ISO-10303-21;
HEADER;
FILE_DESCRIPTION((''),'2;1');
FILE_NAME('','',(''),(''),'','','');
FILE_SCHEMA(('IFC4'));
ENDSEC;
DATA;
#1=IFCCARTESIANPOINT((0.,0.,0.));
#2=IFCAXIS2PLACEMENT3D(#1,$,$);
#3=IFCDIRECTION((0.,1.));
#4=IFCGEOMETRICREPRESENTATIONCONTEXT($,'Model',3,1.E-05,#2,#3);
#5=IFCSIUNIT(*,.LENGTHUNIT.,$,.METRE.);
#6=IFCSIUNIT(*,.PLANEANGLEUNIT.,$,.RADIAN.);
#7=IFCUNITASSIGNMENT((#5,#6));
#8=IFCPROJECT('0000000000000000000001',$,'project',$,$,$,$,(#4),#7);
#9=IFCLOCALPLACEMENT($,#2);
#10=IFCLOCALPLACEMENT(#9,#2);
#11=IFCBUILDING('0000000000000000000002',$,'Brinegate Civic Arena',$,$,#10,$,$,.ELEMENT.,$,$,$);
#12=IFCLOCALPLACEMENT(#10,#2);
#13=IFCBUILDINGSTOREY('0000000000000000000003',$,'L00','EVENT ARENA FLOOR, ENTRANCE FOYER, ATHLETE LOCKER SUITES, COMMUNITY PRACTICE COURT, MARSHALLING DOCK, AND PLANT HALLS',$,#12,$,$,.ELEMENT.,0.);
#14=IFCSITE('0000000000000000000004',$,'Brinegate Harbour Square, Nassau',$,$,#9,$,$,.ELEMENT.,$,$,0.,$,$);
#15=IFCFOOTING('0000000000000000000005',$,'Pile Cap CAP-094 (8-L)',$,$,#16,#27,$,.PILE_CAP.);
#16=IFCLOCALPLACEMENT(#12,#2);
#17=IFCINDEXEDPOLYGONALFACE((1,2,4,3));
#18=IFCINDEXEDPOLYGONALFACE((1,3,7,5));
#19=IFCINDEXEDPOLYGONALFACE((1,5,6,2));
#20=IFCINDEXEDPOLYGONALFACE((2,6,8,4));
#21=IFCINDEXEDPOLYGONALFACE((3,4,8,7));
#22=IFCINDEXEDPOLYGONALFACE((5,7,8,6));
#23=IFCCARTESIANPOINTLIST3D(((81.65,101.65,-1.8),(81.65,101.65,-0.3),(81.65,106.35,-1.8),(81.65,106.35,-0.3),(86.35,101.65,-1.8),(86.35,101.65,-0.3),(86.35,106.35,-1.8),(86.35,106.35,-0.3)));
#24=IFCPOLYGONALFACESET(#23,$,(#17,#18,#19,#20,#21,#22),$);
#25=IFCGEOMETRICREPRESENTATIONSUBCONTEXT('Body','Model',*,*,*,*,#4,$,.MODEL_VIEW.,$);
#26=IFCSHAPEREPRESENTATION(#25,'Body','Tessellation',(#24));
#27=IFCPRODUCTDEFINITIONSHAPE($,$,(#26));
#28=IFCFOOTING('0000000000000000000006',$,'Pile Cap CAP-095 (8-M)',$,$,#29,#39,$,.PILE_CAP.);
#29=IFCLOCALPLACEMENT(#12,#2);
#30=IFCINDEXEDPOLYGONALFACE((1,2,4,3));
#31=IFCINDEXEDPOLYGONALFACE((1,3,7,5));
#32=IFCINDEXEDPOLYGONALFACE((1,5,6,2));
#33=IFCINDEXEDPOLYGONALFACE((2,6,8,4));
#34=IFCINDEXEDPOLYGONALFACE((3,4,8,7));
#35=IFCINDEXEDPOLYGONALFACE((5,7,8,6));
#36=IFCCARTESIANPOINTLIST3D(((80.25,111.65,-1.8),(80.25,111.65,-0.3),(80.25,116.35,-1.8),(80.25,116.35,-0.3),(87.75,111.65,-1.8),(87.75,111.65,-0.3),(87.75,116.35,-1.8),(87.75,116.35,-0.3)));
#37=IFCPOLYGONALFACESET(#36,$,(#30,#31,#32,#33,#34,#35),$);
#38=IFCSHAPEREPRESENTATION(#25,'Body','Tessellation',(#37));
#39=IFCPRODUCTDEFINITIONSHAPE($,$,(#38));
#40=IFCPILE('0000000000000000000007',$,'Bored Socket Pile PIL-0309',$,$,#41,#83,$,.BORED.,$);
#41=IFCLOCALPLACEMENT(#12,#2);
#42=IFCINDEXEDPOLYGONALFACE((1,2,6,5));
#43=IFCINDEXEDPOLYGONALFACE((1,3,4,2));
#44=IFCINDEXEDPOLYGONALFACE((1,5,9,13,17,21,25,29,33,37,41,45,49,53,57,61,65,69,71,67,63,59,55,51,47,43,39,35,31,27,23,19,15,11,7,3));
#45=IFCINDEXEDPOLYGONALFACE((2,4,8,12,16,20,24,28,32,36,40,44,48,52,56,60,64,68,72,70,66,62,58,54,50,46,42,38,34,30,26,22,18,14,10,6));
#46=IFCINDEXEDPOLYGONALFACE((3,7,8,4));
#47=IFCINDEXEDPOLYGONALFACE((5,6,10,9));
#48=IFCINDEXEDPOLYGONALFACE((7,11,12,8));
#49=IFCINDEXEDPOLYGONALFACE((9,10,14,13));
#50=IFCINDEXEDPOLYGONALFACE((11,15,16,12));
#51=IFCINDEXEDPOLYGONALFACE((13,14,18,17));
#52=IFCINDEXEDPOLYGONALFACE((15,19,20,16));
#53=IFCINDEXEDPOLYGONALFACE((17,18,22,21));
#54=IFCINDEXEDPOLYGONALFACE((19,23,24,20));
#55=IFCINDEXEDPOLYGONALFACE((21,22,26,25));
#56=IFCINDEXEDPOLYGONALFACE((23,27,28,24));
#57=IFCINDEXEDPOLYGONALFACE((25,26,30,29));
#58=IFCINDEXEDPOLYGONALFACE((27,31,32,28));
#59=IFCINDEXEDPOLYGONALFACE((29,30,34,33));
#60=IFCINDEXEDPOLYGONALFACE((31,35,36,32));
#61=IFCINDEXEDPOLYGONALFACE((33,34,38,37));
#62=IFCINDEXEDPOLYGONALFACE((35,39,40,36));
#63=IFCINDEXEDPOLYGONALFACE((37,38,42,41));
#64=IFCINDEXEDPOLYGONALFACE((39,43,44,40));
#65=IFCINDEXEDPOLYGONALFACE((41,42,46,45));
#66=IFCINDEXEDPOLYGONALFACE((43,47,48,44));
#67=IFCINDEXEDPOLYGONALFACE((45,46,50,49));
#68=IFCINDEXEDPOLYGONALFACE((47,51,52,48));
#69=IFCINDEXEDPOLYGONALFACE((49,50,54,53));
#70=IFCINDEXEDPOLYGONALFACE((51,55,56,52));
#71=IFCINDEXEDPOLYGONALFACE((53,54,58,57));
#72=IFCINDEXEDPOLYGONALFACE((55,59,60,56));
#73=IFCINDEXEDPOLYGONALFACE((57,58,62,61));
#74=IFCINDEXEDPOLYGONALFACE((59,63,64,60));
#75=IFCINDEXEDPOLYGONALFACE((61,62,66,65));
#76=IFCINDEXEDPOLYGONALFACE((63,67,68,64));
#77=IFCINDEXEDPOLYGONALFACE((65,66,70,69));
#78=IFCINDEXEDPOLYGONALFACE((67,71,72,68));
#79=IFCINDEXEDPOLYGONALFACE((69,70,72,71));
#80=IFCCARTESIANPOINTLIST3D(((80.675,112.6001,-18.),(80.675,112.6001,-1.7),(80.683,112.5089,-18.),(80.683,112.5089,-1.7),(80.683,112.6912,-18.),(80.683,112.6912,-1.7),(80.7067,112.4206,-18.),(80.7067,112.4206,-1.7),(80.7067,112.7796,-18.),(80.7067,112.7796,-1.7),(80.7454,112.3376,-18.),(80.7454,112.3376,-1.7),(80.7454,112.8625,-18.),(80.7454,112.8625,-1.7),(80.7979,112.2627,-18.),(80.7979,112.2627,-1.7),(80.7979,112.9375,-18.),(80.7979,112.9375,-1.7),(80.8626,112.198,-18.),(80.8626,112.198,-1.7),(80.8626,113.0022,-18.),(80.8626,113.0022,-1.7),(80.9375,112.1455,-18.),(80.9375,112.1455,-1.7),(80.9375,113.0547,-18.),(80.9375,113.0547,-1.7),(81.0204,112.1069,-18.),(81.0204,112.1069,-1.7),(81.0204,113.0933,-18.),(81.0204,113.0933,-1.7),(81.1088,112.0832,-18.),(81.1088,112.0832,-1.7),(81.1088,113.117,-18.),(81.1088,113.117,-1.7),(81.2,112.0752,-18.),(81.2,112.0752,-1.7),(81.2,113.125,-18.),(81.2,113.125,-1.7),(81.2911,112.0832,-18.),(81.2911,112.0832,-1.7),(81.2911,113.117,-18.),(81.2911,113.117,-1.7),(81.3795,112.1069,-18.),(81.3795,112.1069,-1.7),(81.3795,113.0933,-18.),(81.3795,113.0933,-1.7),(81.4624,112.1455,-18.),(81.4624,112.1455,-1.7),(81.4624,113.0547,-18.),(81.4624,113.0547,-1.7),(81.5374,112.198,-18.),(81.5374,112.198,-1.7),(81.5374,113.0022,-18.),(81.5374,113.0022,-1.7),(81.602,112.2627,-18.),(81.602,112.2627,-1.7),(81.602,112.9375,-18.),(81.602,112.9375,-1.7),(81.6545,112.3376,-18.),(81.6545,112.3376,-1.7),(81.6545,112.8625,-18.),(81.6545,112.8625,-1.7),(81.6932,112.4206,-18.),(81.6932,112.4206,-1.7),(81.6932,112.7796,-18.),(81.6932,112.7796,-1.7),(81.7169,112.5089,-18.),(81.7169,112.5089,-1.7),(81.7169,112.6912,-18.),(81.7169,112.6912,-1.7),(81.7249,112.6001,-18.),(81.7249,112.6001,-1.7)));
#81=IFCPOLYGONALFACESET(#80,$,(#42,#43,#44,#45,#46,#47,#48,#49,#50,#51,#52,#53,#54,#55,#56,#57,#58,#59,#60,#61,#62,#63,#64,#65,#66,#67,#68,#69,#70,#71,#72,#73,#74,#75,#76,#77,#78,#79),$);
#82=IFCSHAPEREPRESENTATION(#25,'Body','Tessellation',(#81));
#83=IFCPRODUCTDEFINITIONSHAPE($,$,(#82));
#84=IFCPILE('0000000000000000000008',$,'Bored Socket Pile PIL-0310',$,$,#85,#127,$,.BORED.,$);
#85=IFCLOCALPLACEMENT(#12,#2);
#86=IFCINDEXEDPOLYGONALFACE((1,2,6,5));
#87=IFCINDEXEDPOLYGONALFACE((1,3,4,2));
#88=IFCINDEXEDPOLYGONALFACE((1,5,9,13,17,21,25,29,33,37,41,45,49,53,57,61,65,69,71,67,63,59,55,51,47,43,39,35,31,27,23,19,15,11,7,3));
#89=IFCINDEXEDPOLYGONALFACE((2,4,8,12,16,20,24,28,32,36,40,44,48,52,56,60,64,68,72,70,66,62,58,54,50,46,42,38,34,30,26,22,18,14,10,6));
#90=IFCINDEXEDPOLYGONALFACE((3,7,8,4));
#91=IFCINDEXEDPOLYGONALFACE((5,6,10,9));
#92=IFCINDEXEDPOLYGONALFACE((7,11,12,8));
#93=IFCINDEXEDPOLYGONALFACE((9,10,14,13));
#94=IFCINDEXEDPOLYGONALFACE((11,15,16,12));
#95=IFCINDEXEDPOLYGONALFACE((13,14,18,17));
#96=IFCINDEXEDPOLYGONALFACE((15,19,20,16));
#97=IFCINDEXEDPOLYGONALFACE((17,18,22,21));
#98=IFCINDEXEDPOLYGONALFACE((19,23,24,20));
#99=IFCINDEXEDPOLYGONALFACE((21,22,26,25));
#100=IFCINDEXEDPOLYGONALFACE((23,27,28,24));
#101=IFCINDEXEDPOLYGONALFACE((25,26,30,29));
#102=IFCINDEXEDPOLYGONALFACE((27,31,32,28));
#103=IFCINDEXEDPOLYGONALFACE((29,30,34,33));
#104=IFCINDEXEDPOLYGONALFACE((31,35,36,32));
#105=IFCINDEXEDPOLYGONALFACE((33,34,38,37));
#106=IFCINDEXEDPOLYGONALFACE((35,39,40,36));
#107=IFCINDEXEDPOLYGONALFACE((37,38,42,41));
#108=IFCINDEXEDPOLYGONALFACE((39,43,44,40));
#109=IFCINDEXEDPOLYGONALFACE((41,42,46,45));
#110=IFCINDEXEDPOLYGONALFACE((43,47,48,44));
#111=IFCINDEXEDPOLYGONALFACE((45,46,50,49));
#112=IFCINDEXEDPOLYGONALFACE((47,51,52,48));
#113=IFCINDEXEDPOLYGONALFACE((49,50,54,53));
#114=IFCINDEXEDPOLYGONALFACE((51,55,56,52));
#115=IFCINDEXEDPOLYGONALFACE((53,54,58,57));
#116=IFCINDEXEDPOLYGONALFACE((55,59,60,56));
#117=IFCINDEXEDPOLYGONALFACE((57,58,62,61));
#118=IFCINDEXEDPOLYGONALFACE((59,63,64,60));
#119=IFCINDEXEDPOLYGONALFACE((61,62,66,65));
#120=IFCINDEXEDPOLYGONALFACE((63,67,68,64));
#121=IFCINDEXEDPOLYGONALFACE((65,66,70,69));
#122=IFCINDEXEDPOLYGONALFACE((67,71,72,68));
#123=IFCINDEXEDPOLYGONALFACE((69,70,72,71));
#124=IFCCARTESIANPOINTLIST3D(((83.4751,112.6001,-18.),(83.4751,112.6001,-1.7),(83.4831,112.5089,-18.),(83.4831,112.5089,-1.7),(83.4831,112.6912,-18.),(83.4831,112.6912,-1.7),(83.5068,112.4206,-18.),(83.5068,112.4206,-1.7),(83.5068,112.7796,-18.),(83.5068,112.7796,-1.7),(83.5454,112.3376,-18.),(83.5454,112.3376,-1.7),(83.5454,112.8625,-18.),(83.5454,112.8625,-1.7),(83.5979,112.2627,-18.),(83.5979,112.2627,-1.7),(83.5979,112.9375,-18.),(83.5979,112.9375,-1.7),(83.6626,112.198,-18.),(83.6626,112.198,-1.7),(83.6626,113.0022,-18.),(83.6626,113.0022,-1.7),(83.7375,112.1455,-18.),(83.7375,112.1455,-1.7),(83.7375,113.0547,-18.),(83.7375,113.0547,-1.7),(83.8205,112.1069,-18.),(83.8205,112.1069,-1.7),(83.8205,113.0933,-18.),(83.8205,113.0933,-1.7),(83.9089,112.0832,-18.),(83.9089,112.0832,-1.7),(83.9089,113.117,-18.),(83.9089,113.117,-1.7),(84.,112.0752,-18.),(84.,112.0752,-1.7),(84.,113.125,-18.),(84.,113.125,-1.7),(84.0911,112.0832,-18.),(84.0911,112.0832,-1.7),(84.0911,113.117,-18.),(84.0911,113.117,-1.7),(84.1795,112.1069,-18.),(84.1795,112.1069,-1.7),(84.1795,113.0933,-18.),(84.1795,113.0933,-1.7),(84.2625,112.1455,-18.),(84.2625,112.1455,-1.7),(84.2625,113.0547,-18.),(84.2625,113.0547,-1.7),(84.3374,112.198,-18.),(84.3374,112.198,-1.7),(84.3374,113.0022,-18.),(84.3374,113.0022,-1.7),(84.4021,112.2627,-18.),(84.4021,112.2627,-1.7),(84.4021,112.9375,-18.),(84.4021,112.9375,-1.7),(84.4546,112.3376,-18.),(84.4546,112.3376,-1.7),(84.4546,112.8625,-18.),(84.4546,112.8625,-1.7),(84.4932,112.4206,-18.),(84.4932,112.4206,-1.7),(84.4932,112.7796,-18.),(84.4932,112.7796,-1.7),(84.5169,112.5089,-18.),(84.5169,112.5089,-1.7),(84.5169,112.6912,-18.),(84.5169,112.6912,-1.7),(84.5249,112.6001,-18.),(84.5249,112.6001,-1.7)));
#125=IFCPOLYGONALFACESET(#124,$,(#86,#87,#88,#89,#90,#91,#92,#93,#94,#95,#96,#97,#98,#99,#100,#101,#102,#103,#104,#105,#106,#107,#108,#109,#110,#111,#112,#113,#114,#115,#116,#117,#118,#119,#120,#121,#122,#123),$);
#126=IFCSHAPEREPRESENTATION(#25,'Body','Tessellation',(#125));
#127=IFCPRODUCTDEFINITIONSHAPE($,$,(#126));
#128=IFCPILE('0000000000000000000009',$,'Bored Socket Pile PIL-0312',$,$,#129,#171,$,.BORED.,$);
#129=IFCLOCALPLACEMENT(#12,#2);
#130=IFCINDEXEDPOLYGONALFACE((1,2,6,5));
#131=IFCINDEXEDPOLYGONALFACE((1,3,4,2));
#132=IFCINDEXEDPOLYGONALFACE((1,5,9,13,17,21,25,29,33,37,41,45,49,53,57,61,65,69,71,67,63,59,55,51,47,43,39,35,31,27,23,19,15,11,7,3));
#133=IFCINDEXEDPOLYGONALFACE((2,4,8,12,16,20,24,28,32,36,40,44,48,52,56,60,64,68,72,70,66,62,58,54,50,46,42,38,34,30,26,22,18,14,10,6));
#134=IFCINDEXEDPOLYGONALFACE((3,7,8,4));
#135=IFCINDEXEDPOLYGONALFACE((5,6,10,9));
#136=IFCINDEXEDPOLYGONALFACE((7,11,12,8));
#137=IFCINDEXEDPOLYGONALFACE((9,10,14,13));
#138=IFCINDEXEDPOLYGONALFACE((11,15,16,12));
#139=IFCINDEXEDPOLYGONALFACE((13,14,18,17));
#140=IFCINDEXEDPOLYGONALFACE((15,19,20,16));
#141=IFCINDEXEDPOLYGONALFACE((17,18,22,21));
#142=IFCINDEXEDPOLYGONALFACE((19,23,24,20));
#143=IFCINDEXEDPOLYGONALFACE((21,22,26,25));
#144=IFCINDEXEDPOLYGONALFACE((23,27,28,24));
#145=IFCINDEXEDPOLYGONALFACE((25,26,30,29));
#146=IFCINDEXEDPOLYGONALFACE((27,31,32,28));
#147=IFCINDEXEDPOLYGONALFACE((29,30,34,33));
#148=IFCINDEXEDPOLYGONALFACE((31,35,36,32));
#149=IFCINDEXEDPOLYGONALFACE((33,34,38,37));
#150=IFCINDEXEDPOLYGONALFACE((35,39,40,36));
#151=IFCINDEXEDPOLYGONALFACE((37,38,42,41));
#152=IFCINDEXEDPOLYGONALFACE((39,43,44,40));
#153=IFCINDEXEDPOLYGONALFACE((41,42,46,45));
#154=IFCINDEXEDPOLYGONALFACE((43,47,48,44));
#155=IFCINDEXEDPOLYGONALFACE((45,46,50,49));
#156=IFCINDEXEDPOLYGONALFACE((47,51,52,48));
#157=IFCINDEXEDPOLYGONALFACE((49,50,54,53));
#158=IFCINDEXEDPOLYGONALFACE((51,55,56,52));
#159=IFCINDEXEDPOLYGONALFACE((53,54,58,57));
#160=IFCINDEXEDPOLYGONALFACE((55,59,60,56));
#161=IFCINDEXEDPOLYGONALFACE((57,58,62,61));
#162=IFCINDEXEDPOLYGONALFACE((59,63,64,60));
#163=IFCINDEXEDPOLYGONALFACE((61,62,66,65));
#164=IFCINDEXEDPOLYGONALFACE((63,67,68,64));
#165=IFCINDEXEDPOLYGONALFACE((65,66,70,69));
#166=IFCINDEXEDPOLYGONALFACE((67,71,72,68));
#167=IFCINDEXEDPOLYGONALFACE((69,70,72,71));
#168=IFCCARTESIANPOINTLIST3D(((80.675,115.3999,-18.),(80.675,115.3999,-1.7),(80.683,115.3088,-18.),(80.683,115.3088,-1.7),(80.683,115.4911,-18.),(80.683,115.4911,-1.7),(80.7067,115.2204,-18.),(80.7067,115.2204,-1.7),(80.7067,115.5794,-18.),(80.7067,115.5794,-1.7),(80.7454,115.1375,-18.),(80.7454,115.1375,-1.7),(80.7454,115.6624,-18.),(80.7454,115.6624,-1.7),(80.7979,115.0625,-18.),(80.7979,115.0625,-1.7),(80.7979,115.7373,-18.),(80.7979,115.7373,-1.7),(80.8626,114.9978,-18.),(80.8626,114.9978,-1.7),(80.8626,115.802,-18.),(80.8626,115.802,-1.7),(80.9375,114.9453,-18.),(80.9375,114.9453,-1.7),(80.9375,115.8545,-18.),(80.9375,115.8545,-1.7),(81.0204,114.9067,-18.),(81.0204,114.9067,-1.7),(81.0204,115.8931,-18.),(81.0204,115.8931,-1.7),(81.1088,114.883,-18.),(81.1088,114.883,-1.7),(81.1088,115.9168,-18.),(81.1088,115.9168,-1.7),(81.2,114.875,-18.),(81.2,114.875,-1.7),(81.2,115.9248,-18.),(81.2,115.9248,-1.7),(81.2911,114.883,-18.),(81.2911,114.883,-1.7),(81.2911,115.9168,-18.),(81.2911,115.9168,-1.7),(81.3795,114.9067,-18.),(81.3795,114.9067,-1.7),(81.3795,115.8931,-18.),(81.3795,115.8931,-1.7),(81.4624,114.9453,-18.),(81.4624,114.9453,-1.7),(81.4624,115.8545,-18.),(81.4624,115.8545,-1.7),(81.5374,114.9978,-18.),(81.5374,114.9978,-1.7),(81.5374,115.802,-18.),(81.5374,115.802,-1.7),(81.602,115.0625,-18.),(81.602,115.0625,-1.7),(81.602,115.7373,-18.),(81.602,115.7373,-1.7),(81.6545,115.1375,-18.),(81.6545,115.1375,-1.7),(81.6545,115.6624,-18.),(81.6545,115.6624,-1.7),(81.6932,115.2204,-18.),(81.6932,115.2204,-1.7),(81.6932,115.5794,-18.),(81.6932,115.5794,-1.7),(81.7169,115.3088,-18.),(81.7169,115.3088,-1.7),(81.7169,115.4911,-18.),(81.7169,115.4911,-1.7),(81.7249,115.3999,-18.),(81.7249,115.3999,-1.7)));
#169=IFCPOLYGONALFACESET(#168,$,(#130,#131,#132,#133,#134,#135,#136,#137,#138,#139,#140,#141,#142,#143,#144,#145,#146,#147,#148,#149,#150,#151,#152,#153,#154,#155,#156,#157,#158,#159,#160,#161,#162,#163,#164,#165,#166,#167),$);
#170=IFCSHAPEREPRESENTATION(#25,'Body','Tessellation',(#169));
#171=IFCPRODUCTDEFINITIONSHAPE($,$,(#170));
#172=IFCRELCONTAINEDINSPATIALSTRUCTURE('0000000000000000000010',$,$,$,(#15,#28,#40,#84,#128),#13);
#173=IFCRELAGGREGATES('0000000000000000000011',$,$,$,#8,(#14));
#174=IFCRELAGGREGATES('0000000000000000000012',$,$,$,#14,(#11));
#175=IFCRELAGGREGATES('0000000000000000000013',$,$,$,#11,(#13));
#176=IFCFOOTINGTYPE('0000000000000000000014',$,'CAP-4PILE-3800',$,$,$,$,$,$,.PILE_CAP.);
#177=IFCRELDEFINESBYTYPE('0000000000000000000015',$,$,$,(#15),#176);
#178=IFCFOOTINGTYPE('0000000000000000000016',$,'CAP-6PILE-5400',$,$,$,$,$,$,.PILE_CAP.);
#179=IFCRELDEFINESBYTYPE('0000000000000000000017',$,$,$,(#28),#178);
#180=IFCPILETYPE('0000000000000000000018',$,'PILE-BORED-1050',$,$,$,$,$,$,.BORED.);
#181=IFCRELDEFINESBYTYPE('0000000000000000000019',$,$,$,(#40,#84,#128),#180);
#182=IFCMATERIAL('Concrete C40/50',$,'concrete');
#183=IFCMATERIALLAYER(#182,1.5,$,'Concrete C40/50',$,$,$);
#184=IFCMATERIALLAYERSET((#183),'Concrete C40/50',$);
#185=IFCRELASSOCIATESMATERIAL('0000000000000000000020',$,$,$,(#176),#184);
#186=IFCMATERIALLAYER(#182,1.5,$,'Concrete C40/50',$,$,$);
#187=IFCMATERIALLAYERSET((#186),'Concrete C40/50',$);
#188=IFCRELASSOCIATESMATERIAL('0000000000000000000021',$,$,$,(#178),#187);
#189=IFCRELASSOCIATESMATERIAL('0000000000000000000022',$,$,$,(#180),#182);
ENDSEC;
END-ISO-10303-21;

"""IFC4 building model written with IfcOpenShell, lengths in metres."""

from ifc_helpers import new_model, si_unit, direction, frame, origin, origin_2d, place, context, subcontext, project, spatial, rectangle, circle, extrude, material, layer, layer_set, material_profile, profile_set, type_object, element, save


model = new_model("IFC4")

# Units and contexts
model_context = context("Model", 3, precision=1e-05, world=origin(), true_north=direction((0.0, 1.0)))
body_context = subcontext(model_context, "Body", "Model", "MODEL_VIEW")
ifc_project = project(units=[si_unit("LENGTHUNIT", "METRE"), si_unit("PLANEANGLEUNIT", "RADIAN")], contexts=[model_context])

# Site, building, storey
site_placement = place(None, origin())
site = spatial("IfcSite", under=ifc_project, at=site_placement, Name="Brinegate Harbour Square, Nassau", CompositionType="ELEMENT", RefElevation=0.0)
building_placement = place(site_placement, origin())
building = spatial("IfcBuilding", under=site, at=building_placement, Name="Brinegate Civic Arena", CompositionType="ELEMENT")
storey_placement = place(building_placement, origin())
storey = spatial("IfcBuildingStorey", under=building, at=storey_placement, Name="L00", Description="EVENT ARENA FLOOR, ENTRANCE FOYER, ATHLETE LOCKER SUITES, COMMUNITY PRACTICE COURT, MARSHALLING DOCK, AND PLANT HALLS", CompositionType="ELEMENT", Elevation=0.0)

# Footings
ifc_material_1 = material(Name="Concrete C40/50", Category="concrete")
ifc_layer_1 = layer(ifc_material_1, 1.5, Name="Concrete C40/50")
ifc_layer_set_1 = layer_set([ifc_layer_1], Name="Concrete C40/50")
footing_type_1 = type_object("IfcFootingType", Name="CAP-4PILE-3800", PredefinedType="PILE_CAP", material=ifc_layer_set_1)
footing_1_placement = place(storey_placement, frame((84.0, 104.0, -1.8), z_axis=(0.0, 0.0, 1.0), x_axis=(1.0, 0.0, 0.0)))
element("IfcFooting", 1, at=footing_1_placement, inside=storey, type_object=footing_type_1, Name="Pile Cap CAP-094 (8-L)", PredefinedType="PILE_CAP", context=body_context, shape_type="SweptSolid", body=[
    extrude(rectangle(XDim=4.7, YDim=4.7, at=origin_2d()), origin(), (0.0, 0.0, 1.0), 1.5),
])
ifc_layer_2 = layer(ifc_material_1, 1.5, Name="Concrete C40/50")
ifc_layer_set_2 = layer_set([ifc_layer_2], Name="Concrete C40/50")
footing_type_2 = type_object("IfcFootingType", Name="CAP-6PILE-5400", PredefinedType="PILE_CAP", material=ifc_layer_set_2)
footing_2_placement = place(storey_placement, frame((84.0, 114.0, -1.8), z_axis=(0.0, 0.0, 1.0), x_axis=(1.0, 0.0, 0.0)))
element("IfcFooting", 2, at=footing_2_placement, inside=storey, type_object=footing_type_2, Name="Pile Cap CAP-095 (8-M)", PredefinedType="PILE_CAP", context=body_context, shape_type="SweptSolid", body=[
    extrude(rectangle(XDim=7.5, YDim=4.7, at=origin_2d()), origin(), (0.0, 0.0, 1.0), 1.5),
])

# Piles
ifc_material_profile_1 = material_profile(ifc_material_1, circle(Radius=0.5249, at=origin_2d()), Name="PILED1050")
ifc_profile_set_1 = profile_set([ifc_material_profile_1], Name="Concrete C40/50")
pile_type_1 = type_object("IfcPileType", Name="PILE-BORED-1050", PredefinedType="BORED", material=ifc_profile_set_1)
for number, where, z_axis, x_axis, name in (
    (3, (81.2, 112.6001, -1.7), (0.0, 0.0, -1.0), (1.0, 0.0, 0.0), "Bored Socket Pile PIL-0309"),
    (4, (84.0, 112.6001, -1.7), (0.0, 0.0, -1.0), (1.0, 0.0, 0.0), "Bored Socket Pile PIL-0310"),
    (5, (81.2, 115.3999, -1.7), (0.0, 0.0, -1.0), (1.0, 0.0, 0.0), "Bored Socket Pile PIL-0312"),
):
    element("IfcPile", number, at=place(storey_placement, frame(where, z_axis=z_axis, x_axis=x_axis)), inside=storey, type_object=pile_type_1, Name=name, PredefinedType="BORED", context=body_context, shape_type="SweptSolid", body=[
        extrude(circle(Radius=0.5249, at=origin_2d()), origin(), (0.0, 0.0, 1.0), 16.3),
    ])

save(model, "model.ifc")
